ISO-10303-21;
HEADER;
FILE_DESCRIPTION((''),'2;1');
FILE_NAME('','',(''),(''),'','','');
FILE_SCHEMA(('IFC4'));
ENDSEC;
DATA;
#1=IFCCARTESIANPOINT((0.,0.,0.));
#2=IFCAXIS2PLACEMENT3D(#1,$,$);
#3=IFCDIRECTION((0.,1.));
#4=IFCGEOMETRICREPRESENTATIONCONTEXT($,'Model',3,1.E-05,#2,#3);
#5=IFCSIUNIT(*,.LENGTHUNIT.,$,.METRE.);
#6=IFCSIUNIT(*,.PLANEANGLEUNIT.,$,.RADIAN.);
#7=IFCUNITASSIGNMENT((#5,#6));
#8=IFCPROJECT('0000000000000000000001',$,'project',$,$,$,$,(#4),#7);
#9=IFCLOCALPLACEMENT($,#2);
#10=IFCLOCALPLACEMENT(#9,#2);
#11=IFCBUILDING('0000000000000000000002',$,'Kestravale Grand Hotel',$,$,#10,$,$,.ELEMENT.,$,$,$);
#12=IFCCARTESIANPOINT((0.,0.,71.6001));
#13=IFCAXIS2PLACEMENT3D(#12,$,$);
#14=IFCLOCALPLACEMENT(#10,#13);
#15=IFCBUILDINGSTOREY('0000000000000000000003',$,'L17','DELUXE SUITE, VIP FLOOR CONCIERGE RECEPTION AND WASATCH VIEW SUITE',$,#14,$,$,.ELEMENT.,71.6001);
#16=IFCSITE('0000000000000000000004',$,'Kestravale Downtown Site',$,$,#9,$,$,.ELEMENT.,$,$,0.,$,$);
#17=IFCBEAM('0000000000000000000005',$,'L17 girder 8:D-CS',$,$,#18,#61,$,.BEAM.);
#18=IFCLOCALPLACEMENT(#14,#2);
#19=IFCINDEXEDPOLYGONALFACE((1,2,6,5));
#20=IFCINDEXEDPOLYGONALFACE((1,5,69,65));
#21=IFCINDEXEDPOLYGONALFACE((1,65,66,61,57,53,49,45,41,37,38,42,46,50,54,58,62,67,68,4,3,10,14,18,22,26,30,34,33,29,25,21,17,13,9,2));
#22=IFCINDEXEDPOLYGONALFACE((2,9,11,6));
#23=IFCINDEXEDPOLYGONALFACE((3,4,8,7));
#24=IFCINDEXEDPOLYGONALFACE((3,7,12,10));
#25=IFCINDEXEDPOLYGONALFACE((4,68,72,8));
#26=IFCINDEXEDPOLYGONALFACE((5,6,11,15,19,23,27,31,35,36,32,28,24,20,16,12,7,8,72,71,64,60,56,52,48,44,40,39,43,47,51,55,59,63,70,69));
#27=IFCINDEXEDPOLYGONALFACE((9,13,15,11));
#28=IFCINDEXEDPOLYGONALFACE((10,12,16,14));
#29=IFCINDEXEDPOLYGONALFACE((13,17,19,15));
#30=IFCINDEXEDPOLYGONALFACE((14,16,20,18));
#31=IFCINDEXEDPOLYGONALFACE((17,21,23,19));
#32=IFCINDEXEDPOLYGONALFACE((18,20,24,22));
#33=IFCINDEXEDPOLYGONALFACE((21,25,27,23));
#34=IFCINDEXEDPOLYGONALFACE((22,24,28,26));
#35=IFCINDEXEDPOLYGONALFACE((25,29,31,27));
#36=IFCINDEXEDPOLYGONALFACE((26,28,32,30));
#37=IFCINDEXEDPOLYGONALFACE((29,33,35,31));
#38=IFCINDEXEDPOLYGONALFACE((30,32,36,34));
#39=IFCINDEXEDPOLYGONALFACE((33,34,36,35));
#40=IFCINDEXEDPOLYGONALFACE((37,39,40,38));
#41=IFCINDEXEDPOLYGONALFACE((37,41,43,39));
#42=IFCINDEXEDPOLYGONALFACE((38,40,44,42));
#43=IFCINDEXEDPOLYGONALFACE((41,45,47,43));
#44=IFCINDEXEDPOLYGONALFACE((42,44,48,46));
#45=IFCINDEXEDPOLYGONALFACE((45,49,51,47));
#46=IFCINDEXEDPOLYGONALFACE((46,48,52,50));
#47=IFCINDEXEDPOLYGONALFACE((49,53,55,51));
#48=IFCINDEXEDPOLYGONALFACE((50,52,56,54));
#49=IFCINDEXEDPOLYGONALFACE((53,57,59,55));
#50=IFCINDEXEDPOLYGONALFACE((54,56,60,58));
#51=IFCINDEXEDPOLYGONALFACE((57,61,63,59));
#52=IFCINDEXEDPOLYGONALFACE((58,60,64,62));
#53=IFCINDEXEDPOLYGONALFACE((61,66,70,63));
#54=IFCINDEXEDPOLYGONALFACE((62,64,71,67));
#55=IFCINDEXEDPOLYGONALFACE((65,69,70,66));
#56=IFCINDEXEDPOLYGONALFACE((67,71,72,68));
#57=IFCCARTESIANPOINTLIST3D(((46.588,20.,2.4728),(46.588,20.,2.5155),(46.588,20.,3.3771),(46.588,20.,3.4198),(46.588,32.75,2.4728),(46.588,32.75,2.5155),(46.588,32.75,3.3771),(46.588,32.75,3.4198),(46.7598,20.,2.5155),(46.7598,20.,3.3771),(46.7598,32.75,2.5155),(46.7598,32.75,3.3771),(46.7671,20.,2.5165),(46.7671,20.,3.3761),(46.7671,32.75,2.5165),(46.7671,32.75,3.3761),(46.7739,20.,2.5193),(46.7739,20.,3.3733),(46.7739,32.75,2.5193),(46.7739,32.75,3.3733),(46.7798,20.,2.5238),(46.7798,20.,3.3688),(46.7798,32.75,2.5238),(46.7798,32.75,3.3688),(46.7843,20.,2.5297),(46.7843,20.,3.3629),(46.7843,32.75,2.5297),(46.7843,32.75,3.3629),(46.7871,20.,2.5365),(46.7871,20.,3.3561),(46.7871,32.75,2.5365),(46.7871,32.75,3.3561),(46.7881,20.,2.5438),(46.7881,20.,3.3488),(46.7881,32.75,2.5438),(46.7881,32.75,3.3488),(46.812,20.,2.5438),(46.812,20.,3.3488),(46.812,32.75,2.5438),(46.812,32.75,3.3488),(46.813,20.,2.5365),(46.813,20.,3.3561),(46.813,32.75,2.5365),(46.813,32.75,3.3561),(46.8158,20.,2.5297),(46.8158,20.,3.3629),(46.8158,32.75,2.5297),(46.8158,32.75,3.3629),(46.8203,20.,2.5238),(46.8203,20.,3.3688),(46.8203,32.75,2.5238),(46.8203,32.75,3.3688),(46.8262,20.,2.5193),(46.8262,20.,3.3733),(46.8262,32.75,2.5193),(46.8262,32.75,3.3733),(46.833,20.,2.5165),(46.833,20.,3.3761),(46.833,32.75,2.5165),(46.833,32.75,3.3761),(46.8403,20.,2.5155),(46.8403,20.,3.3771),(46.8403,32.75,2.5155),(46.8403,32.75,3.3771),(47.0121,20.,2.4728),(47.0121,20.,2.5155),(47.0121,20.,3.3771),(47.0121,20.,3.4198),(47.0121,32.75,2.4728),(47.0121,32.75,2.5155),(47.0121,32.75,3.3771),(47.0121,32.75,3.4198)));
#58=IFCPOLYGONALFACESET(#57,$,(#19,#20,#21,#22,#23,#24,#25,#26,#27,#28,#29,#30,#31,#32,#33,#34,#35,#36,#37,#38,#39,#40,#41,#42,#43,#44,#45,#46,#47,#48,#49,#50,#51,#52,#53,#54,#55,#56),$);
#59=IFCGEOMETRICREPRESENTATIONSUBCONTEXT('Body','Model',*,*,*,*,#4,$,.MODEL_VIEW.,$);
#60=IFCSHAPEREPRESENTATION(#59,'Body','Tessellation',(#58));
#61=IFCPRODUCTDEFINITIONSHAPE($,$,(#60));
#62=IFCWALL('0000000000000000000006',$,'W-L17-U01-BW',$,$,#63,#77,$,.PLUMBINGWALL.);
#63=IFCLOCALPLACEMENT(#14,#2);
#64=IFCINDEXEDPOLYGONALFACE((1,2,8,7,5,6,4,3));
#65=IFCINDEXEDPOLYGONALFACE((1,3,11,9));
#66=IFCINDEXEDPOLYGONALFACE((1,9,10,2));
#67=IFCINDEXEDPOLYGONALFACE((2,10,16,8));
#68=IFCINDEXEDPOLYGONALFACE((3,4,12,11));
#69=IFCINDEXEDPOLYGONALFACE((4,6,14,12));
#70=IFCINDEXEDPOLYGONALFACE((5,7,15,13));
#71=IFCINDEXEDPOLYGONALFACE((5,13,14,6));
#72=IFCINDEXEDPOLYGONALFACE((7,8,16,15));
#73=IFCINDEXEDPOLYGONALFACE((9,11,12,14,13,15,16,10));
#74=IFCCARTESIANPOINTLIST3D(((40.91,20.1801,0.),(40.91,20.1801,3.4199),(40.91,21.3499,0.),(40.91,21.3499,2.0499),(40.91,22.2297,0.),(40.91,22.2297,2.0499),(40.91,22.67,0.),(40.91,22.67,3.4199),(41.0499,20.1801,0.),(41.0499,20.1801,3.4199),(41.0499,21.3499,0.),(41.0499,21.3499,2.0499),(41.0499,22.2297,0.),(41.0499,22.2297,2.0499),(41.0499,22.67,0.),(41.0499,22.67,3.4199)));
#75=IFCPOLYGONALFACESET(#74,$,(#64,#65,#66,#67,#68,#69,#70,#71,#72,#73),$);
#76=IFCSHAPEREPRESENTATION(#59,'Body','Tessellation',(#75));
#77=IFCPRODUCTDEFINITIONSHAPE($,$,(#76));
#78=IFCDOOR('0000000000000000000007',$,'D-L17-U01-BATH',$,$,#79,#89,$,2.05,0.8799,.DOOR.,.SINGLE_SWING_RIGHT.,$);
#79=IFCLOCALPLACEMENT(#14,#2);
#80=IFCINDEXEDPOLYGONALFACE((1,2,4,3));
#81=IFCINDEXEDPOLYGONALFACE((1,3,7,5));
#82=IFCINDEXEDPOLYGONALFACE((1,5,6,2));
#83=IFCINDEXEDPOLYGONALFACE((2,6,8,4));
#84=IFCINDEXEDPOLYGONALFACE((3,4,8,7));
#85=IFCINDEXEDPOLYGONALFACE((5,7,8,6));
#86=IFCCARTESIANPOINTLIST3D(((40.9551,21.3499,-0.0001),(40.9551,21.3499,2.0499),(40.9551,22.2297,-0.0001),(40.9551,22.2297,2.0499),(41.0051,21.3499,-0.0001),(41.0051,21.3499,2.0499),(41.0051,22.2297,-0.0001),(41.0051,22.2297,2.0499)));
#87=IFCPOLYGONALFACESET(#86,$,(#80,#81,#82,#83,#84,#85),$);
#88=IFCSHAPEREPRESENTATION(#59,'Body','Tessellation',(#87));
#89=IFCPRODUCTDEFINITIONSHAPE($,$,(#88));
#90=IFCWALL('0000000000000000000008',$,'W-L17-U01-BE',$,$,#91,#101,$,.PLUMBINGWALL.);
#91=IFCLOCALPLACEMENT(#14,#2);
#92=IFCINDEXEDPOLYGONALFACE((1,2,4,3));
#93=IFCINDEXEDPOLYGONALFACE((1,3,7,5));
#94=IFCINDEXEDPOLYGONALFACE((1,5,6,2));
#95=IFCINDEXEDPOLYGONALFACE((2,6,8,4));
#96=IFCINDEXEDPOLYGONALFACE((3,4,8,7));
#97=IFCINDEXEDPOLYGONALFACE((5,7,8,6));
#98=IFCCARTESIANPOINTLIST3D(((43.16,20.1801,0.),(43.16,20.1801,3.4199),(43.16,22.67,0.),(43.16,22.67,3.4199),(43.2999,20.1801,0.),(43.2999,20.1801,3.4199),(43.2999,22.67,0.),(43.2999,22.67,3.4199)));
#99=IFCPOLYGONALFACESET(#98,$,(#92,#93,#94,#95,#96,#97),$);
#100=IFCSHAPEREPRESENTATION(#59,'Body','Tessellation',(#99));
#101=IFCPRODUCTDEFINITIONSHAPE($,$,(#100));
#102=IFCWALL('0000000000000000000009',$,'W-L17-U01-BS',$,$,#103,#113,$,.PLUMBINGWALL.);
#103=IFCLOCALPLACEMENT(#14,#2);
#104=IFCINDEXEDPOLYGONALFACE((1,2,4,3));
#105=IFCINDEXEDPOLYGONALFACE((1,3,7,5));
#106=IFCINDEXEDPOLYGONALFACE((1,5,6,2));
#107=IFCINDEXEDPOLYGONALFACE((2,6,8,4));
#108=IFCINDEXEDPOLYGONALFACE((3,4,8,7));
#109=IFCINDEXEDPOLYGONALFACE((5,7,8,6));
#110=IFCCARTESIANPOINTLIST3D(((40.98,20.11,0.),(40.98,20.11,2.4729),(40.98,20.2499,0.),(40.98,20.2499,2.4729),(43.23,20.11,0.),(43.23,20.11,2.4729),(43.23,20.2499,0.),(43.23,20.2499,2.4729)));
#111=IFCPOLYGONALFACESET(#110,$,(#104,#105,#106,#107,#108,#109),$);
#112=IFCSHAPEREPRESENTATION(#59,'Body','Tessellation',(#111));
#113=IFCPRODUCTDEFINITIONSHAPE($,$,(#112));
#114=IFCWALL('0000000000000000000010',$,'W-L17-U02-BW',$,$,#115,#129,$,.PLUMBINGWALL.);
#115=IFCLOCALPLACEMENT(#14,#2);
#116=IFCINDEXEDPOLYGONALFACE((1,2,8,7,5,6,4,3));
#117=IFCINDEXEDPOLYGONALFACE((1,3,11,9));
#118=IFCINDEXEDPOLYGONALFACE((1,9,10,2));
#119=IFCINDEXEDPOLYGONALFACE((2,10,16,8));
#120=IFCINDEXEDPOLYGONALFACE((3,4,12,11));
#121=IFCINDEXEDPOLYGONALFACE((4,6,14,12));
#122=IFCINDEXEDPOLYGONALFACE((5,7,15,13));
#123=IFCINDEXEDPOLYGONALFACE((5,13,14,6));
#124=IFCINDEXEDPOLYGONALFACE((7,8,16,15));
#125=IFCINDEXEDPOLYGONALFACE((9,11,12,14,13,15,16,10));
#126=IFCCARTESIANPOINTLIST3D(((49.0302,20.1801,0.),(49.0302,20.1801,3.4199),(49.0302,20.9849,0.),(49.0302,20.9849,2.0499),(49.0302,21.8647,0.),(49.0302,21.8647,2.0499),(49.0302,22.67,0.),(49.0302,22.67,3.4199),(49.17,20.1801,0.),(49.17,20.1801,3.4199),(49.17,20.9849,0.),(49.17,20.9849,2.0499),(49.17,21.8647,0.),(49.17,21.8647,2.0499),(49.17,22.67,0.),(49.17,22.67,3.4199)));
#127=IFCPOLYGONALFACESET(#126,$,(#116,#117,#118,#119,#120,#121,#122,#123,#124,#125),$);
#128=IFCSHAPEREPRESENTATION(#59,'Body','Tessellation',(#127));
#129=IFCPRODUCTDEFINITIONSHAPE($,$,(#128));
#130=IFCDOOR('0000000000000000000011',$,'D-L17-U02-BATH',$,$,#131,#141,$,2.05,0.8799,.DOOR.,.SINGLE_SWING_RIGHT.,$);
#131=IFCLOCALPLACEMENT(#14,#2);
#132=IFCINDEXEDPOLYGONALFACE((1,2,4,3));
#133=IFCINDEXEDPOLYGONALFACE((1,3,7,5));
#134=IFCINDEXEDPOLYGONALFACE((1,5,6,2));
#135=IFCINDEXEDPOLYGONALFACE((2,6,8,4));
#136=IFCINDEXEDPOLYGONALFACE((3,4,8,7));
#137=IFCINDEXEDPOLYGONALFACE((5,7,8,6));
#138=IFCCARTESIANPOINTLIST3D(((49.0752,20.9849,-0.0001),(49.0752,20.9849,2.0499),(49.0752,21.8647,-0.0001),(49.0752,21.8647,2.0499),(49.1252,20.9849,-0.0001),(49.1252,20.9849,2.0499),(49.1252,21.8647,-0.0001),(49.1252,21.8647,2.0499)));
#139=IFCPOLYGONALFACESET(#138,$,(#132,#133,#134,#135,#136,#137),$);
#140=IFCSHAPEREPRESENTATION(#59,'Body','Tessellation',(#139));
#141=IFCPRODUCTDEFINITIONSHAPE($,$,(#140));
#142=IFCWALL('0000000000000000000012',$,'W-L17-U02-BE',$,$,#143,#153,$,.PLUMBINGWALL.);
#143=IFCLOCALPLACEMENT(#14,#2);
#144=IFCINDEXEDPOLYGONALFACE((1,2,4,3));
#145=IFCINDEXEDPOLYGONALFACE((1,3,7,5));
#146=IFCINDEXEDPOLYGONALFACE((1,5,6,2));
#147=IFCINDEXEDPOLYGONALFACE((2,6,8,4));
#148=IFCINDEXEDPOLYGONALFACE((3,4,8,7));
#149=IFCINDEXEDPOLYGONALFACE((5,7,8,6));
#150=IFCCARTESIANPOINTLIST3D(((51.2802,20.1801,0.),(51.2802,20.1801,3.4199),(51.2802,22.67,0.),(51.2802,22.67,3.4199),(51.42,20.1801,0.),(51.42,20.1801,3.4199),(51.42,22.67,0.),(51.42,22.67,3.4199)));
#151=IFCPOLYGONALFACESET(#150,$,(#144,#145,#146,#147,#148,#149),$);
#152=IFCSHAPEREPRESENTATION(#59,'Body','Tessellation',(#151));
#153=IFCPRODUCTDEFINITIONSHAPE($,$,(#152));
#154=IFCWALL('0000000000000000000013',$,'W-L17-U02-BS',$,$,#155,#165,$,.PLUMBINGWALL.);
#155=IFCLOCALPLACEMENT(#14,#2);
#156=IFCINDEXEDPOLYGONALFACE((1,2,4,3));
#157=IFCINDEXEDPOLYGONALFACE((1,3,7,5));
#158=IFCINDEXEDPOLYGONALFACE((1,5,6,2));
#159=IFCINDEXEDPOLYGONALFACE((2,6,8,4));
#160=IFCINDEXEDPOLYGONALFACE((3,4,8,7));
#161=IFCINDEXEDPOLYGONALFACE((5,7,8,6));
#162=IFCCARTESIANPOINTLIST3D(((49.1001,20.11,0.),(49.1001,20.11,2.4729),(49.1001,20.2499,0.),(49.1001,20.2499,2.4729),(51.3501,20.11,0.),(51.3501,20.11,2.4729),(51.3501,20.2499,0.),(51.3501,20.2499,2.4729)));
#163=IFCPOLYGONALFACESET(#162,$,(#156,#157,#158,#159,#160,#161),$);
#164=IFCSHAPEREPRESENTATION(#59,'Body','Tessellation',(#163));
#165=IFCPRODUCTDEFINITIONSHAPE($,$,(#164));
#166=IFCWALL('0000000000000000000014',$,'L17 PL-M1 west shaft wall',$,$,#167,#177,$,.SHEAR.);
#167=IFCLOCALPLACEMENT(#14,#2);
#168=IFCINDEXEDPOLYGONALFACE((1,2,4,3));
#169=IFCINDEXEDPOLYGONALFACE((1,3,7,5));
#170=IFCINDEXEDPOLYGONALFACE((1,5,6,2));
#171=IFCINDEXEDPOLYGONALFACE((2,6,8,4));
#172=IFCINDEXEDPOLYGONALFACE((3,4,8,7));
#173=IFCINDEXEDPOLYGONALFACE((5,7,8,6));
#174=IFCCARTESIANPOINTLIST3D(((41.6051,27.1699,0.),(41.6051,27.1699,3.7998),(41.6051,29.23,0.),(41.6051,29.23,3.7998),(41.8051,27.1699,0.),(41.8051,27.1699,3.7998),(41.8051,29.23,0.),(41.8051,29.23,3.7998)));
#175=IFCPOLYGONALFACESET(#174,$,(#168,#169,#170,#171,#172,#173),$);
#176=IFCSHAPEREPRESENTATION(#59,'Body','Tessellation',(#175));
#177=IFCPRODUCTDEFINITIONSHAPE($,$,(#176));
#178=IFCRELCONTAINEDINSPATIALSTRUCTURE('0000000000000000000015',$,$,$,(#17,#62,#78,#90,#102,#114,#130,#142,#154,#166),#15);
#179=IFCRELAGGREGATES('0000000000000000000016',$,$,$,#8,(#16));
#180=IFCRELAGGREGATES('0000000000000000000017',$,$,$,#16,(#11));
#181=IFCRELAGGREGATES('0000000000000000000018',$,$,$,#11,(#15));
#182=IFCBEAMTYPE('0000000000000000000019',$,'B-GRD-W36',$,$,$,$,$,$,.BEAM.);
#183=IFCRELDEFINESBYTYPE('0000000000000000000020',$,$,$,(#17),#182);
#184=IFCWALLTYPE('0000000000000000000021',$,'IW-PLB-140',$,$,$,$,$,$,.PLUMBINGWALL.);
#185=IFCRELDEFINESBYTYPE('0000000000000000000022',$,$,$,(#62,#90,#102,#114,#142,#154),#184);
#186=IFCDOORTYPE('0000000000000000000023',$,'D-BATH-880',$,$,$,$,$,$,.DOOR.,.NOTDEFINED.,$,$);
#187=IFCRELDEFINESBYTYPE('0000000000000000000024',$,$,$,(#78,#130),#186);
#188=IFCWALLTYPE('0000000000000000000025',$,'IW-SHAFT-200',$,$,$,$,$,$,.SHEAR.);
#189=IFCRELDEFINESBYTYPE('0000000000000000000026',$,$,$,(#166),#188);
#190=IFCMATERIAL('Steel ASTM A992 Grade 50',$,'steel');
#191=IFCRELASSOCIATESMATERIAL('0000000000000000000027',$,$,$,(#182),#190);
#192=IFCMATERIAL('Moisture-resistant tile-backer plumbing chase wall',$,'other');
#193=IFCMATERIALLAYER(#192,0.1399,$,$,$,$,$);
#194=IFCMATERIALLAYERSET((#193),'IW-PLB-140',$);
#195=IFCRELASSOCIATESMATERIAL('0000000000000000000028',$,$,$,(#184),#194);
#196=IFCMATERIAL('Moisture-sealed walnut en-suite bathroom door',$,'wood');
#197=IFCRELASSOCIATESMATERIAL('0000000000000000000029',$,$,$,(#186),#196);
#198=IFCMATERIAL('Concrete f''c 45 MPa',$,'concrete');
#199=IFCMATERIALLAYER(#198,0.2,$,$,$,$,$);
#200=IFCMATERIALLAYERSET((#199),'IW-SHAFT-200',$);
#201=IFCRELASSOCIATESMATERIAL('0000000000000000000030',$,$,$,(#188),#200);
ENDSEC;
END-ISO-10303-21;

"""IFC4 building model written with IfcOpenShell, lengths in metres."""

from ifc_helpers import new_model, si_unit, direction, frame, frame_2d, origin, origin_2d, place, context, subcontext, project, spatial, rectangle, i_section, extrude, material, layer, layer_set, material_profile, profile_set, type_object, element, fill, save


model = new_model("IFC4")

# Units and contexts
model_context = context("Model", 3, precision=1e-05, world=origin(), true_north=direction((0.0, 1.0)))
body_context = subcontext(model_context, "Body", "Model", "MODEL_VIEW")
ifc_project = project(units=[si_unit("LENGTHUNIT", "METRE"), si_unit("PLANEANGLEUNIT", "RADIAN")], contexts=[model_context])

# Site, building, storey
site_placement = place(None, origin())
site = spatial("IfcSite", under=ifc_project, at=site_placement, Name="Kestravale Downtown Site", CompositionType="ELEMENT", RefElevation=0.0)
building_placement = place(site_placement, origin())
building = spatial("IfcBuilding", under=site, at=building_placement, Name="Kestravale Grand Hotel", CompositionType="ELEMENT")
storey_placement = place(building_placement, frame((0.0, 0.0, 71.6001)))
storey = spatial("IfcBuildingStorey", under=building, at=storey_placement, Name="L17", Description="DELUXE SUITE, VIP FLOOR CONCIERGE RECEPTION AND WASATCH VIEW SUITE", CompositionType="ELEMENT", Elevation=71.6001)

# Beam
ifc_material_1 = material(Name="Steel ASTM A992 Grade 50", Category="steel")
ifc_material_profile_1 = material_profile(ifc_material_1, i_section(OverallWidth=0.4241, OverallDepth=0.947, WebThickness=0.0239, FlangeThickness=0.0427, FilletRadius=0.0283, at=origin_2d()))
ifc_profile_set_1 = profile_set([ifc_material_profile_1], Name="Steel ASTM A992 Grade 50")
beam_type = type_object("IfcBeamType", Name="B-GRD-W36", PredefinedType="BEAM", material=ifc_profile_set_1)
beam_1_placement = place(storey_placement, frame((46.8, 20.0, 2.9463), z_axis=(0.0, 1.0, 0.0), x_axis=(-1.0, 0.0, 0.0)))
element("IfcBeam", 1, at=beam_1_placement, inside=storey, type_object=beam_type, Name="L17 girder 8:D-CS", PredefinedType="BEAM", context=body_context, shape_type="SweptSolid", body=[
    extrude(i_section(OverallWidth=0.4241, OverallDepth=0.947, WebThickness=0.0239, FlangeThickness=0.0427, FilletRadius=0.0283, at=origin_2d()), origin(), (0.0, 0.0, 1.0), 12.75),
])

# Wall, opening, door
ifc_material_2 = material(Name="Moisture-resistant tile-backer plumbing chase wall", Category="other")
ifc_layer_1 = layer(ifc_material_2, 0.1399)
ifc_layer_set_1 = layer_set([ifc_layer_1], Name="IW-PLB-140")
wall_type_1 = type_object("IfcWallType", Name="IW-PLB-140", PredefinedType="PLUMBINGWALL", material=ifc_layer_set_1)
wall_1_placement = place(storey_placement, frame((40.98, 20.1799, 0.0), z_axis=(0.0, 0.0, 1.0), x_axis=(0.0, 1.0, 0.0)))
wall_1 = element("IfcWall", 2, at=wall_1_placement, inside=storey, type_object=wall_type_1, Name="W-L17-U01-BW", PredefinedType="PLUMBINGWALL", context=body_context, shape_type="SweptSolid", body=[
    extrude(rectangle(XDim=2.49, YDim=0.1399, at=frame_2d((1.2451, 0.0))), origin(), (0.0, 0.0, 1.0), 3.4199),
])
opening_1_placement = place(wall_1_placement, frame((1.1699, 0.0, 0.0)))
opening_1 = element("IfcOpeningElement", 3, at=opening_1_placement, cuts=wall_1, PredefinedType="OPENING", context=body_context, shape_type="SweptSolid", body=[
    extrude(rectangle(XDim=0.8799, YDim=2.05, at=frame_2d((0.4399, 1.0249))), frame((0.0, 0.0798, 0.0), z_axis=(0.0, -1.0, 0.0), x_axis=(1.0, 0.0, 0.0)), (0.0, 0.0, 1.0), 0.1599),
])
ifc_material_3 = material(Name="Moisture-sealed walnut en-suite bathroom door", Category="wood")
door_type = type_object("IfcDoorType", Name="D-BATH-880", OperationType="NOTDEFINED", PredefinedType="DOOR", material=ifc_material_3)
door_1_placement = place(opening_1_placement, origin())
door_1 = element("IfcDoor", 4, at=door_1_placement, inside=storey, type_object=door_type, Name="D-L17-U01-BATH", OperationType="SINGLE_SWING_RIGHT", OverallHeight=2.05, OverallWidth=0.8799, PredefinedType="DOOR", context=body_context, shape_type="SweptSolid", body=[
    extrude(rectangle(XDim=0.8799, YDim=2.05, at=frame_2d((0.4399, 1.0249))), frame((0.0, 0.0249, 0.0), z_axis=(0.0, -1.0, 0.0), x_axis=(1.0, 0.0, 0.0)), (0.0, 0.0, 1.0), 0.05),
])
fill(opening_1, door_1)

# Walls
wall_2_placement = place(storey_placement, frame((43.23, 20.1799, 0.0), z_axis=(0.0, 0.0, 1.0), x_axis=(0.0, 1.0, 0.0)))
element("IfcWall", 5, at=wall_2_placement, inside=storey, type_object=wall_type_1, Name="W-L17-U01-BE", PredefinedType="PLUMBINGWALL", context=body_context, shape_type="SweptSolid", body=[
    extrude(rectangle(XDim=2.49, YDim=0.1399, at=frame_2d((1.2451, 0.0))), origin(), (0.0, 0.0, 1.0), 3.4199),
])
wall_3_placement = place(storey_placement, frame((40.98, 20.1799, 0.0), z_axis=(0.0, 0.0, 1.0), x_axis=(1.0, 0.0, 0.0)))
element("IfcWall", 6, at=wall_3_placement, inside=storey, type_object=wall_type_1, Name="W-L17-U01-BS", PredefinedType="PLUMBINGWALL", context=body_context, shape_type="SweptSolid", body=[
    extrude(rectangle(XDim=2.25, YDim=0.1399, at=frame_2d((1.125, 0.0))), origin(), (0.0, 0.0, 1.0), 2.4729),
])

# Wall, opening, door
wall_4_placement = place(storey_placement, frame((49.1001, 20.1799, 0.0), z_axis=(0.0, 0.0, 1.0), x_axis=(0.0, 1.0, 0.0)))
wall_4 = element("IfcWall", 7, at=wall_4_placement, inside=storey, type_object=wall_type_1, Name="W-L17-U02-BW", PredefinedType="PLUMBINGWALL", context=body_context, shape_type="SweptSolid", body=[
    extrude(rectangle(XDim=2.49, YDim=0.1399, at=frame_2d((1.2451, 0.0))), origin(), (0.0, 0.0, 1.0), 3.4199),
])
opening_2_placement = place(wall_4_placement, frame((0.8049, 0.0, 0.0)))
opening_2 = element("IfcOpeningElement", 8, at=opening_2_placement, cuts=wall_4, PredefinedType="OPENING", context=body_context, shape_type="SweptSolid", body=[
    extrude(rectangle(XDim=0.8799, YDim=2.05, at=frame_2d((0.4399, 1.0249))), frame((0.0, 0.0798, 0.0), z_axis=(0.0, -1.0, 0.0), x_axis=(1.0, 0.0, 0.0)), (0.0, 0.0, 1.0), 0.1599),
])
door_2_placement = place(opening_2_placement, origin())
door_2 = element("IfcDoor", 9, at=door_2_placement, inside=storey, type_object=door_type, Name="D-L17-U02-BATH", OperationType="SINGLE_SWING_RIGHT", OverallHeight=2.05, OverallWidth=0.8799, PredefinedType="DOOR", context=body_context, shape_type="SweptSolid", body=[
    extrude(rectangle(XDim=0.8799, YDim=2.05, at=frame_2d((0.4399, 1.0249))), frame((0.0, 0.0249, 0.0), z_axis=(0.0, -1.0, 0.0), x_axis=(1.0, 0.0, 0.0)), (0.0, 0.0, 1.0), 0.05),
])
fill(opening_2, door_2)

# Walls
wall_5_placement = place(storey_placement, frame((51.3501, 20.1799, 0.0), z_axis=(0.0, 0.0, 1.0), x_axis=(0.0, 1.0, 0.0)))
element("IfcWall", 10, at=wall_5_placement, inside=storey, type_object=wall_type_1, Name="W-L17-U02-BE", PredefinedType="PLUMBINGWALL", context=body_context, shape_type="SweptSolid", body=[
    extrude(rectangle(XDim=2.49, YDim=0.1399, at=frame_2d((1.2451, 0.0))), origin(), (0.0, 0.0, 1.0), 3.4199),
])
wall_6_placement = place(storey_placement, frame((49.1001, 20.1799, 0.0), z_axis=(0.0, 0.0, 1.0), x_axis=(1.0, 0.0, 0.0)))
element("IfcWall", 11, at=wall_6_placement, inside=storey, type_object=wall_type_1, Name="W-L17-U02-BS", PredefinedType="PLUMBINGWALL", context=body_context, shape_type="SweptSolid", body=[
    extrude(rectangle(XDim=2.25, YDim=0.1399, at=frame_2d((1.125, 0.0))), origin(), (0.0, 0.0, 1.0), 2.4729),
])
ifc_material_4 = material(Name="Concrete f'c 45 MPa", Category="concrete")
ifc_layer_2 = layer(ifc_material_4, 0.2)
ifc_layer_set_2 = layer_set([ifc_layer_2], Name="IW-SHAFT-200")
wall_type_2 = type_object("IfcWallType", Name="IW-SHAFT-200", PredefinedType="SHEAR", material=ifc_layer_set_2)
for number, where, z_axis, x_axis, name in (
    (12, (41.7051, 27.1699, 0.0), (0.0, 0.0, 1.0), (0.0, 1.0, 0.0), "L17 PL-M1 west shaft wall"),
):
    element("IfcWall", number, at=place(storey_placement, frame(where, z_axis=z_axis, x_axis=x_axis)), inside=storey, type_object=wall_type_2, Name=name, PredefinedType="SHEAR", context=body_context, shape_type="SweptSolid", body=[
        extrude(rectangle(XDim=2.0601, YDim=0.2, at=frame_2d((1.03, 0.0))), origin(), (0.0, 0.0, 1.0), 3.7998),
    ])

save(model, "model.ifc")
